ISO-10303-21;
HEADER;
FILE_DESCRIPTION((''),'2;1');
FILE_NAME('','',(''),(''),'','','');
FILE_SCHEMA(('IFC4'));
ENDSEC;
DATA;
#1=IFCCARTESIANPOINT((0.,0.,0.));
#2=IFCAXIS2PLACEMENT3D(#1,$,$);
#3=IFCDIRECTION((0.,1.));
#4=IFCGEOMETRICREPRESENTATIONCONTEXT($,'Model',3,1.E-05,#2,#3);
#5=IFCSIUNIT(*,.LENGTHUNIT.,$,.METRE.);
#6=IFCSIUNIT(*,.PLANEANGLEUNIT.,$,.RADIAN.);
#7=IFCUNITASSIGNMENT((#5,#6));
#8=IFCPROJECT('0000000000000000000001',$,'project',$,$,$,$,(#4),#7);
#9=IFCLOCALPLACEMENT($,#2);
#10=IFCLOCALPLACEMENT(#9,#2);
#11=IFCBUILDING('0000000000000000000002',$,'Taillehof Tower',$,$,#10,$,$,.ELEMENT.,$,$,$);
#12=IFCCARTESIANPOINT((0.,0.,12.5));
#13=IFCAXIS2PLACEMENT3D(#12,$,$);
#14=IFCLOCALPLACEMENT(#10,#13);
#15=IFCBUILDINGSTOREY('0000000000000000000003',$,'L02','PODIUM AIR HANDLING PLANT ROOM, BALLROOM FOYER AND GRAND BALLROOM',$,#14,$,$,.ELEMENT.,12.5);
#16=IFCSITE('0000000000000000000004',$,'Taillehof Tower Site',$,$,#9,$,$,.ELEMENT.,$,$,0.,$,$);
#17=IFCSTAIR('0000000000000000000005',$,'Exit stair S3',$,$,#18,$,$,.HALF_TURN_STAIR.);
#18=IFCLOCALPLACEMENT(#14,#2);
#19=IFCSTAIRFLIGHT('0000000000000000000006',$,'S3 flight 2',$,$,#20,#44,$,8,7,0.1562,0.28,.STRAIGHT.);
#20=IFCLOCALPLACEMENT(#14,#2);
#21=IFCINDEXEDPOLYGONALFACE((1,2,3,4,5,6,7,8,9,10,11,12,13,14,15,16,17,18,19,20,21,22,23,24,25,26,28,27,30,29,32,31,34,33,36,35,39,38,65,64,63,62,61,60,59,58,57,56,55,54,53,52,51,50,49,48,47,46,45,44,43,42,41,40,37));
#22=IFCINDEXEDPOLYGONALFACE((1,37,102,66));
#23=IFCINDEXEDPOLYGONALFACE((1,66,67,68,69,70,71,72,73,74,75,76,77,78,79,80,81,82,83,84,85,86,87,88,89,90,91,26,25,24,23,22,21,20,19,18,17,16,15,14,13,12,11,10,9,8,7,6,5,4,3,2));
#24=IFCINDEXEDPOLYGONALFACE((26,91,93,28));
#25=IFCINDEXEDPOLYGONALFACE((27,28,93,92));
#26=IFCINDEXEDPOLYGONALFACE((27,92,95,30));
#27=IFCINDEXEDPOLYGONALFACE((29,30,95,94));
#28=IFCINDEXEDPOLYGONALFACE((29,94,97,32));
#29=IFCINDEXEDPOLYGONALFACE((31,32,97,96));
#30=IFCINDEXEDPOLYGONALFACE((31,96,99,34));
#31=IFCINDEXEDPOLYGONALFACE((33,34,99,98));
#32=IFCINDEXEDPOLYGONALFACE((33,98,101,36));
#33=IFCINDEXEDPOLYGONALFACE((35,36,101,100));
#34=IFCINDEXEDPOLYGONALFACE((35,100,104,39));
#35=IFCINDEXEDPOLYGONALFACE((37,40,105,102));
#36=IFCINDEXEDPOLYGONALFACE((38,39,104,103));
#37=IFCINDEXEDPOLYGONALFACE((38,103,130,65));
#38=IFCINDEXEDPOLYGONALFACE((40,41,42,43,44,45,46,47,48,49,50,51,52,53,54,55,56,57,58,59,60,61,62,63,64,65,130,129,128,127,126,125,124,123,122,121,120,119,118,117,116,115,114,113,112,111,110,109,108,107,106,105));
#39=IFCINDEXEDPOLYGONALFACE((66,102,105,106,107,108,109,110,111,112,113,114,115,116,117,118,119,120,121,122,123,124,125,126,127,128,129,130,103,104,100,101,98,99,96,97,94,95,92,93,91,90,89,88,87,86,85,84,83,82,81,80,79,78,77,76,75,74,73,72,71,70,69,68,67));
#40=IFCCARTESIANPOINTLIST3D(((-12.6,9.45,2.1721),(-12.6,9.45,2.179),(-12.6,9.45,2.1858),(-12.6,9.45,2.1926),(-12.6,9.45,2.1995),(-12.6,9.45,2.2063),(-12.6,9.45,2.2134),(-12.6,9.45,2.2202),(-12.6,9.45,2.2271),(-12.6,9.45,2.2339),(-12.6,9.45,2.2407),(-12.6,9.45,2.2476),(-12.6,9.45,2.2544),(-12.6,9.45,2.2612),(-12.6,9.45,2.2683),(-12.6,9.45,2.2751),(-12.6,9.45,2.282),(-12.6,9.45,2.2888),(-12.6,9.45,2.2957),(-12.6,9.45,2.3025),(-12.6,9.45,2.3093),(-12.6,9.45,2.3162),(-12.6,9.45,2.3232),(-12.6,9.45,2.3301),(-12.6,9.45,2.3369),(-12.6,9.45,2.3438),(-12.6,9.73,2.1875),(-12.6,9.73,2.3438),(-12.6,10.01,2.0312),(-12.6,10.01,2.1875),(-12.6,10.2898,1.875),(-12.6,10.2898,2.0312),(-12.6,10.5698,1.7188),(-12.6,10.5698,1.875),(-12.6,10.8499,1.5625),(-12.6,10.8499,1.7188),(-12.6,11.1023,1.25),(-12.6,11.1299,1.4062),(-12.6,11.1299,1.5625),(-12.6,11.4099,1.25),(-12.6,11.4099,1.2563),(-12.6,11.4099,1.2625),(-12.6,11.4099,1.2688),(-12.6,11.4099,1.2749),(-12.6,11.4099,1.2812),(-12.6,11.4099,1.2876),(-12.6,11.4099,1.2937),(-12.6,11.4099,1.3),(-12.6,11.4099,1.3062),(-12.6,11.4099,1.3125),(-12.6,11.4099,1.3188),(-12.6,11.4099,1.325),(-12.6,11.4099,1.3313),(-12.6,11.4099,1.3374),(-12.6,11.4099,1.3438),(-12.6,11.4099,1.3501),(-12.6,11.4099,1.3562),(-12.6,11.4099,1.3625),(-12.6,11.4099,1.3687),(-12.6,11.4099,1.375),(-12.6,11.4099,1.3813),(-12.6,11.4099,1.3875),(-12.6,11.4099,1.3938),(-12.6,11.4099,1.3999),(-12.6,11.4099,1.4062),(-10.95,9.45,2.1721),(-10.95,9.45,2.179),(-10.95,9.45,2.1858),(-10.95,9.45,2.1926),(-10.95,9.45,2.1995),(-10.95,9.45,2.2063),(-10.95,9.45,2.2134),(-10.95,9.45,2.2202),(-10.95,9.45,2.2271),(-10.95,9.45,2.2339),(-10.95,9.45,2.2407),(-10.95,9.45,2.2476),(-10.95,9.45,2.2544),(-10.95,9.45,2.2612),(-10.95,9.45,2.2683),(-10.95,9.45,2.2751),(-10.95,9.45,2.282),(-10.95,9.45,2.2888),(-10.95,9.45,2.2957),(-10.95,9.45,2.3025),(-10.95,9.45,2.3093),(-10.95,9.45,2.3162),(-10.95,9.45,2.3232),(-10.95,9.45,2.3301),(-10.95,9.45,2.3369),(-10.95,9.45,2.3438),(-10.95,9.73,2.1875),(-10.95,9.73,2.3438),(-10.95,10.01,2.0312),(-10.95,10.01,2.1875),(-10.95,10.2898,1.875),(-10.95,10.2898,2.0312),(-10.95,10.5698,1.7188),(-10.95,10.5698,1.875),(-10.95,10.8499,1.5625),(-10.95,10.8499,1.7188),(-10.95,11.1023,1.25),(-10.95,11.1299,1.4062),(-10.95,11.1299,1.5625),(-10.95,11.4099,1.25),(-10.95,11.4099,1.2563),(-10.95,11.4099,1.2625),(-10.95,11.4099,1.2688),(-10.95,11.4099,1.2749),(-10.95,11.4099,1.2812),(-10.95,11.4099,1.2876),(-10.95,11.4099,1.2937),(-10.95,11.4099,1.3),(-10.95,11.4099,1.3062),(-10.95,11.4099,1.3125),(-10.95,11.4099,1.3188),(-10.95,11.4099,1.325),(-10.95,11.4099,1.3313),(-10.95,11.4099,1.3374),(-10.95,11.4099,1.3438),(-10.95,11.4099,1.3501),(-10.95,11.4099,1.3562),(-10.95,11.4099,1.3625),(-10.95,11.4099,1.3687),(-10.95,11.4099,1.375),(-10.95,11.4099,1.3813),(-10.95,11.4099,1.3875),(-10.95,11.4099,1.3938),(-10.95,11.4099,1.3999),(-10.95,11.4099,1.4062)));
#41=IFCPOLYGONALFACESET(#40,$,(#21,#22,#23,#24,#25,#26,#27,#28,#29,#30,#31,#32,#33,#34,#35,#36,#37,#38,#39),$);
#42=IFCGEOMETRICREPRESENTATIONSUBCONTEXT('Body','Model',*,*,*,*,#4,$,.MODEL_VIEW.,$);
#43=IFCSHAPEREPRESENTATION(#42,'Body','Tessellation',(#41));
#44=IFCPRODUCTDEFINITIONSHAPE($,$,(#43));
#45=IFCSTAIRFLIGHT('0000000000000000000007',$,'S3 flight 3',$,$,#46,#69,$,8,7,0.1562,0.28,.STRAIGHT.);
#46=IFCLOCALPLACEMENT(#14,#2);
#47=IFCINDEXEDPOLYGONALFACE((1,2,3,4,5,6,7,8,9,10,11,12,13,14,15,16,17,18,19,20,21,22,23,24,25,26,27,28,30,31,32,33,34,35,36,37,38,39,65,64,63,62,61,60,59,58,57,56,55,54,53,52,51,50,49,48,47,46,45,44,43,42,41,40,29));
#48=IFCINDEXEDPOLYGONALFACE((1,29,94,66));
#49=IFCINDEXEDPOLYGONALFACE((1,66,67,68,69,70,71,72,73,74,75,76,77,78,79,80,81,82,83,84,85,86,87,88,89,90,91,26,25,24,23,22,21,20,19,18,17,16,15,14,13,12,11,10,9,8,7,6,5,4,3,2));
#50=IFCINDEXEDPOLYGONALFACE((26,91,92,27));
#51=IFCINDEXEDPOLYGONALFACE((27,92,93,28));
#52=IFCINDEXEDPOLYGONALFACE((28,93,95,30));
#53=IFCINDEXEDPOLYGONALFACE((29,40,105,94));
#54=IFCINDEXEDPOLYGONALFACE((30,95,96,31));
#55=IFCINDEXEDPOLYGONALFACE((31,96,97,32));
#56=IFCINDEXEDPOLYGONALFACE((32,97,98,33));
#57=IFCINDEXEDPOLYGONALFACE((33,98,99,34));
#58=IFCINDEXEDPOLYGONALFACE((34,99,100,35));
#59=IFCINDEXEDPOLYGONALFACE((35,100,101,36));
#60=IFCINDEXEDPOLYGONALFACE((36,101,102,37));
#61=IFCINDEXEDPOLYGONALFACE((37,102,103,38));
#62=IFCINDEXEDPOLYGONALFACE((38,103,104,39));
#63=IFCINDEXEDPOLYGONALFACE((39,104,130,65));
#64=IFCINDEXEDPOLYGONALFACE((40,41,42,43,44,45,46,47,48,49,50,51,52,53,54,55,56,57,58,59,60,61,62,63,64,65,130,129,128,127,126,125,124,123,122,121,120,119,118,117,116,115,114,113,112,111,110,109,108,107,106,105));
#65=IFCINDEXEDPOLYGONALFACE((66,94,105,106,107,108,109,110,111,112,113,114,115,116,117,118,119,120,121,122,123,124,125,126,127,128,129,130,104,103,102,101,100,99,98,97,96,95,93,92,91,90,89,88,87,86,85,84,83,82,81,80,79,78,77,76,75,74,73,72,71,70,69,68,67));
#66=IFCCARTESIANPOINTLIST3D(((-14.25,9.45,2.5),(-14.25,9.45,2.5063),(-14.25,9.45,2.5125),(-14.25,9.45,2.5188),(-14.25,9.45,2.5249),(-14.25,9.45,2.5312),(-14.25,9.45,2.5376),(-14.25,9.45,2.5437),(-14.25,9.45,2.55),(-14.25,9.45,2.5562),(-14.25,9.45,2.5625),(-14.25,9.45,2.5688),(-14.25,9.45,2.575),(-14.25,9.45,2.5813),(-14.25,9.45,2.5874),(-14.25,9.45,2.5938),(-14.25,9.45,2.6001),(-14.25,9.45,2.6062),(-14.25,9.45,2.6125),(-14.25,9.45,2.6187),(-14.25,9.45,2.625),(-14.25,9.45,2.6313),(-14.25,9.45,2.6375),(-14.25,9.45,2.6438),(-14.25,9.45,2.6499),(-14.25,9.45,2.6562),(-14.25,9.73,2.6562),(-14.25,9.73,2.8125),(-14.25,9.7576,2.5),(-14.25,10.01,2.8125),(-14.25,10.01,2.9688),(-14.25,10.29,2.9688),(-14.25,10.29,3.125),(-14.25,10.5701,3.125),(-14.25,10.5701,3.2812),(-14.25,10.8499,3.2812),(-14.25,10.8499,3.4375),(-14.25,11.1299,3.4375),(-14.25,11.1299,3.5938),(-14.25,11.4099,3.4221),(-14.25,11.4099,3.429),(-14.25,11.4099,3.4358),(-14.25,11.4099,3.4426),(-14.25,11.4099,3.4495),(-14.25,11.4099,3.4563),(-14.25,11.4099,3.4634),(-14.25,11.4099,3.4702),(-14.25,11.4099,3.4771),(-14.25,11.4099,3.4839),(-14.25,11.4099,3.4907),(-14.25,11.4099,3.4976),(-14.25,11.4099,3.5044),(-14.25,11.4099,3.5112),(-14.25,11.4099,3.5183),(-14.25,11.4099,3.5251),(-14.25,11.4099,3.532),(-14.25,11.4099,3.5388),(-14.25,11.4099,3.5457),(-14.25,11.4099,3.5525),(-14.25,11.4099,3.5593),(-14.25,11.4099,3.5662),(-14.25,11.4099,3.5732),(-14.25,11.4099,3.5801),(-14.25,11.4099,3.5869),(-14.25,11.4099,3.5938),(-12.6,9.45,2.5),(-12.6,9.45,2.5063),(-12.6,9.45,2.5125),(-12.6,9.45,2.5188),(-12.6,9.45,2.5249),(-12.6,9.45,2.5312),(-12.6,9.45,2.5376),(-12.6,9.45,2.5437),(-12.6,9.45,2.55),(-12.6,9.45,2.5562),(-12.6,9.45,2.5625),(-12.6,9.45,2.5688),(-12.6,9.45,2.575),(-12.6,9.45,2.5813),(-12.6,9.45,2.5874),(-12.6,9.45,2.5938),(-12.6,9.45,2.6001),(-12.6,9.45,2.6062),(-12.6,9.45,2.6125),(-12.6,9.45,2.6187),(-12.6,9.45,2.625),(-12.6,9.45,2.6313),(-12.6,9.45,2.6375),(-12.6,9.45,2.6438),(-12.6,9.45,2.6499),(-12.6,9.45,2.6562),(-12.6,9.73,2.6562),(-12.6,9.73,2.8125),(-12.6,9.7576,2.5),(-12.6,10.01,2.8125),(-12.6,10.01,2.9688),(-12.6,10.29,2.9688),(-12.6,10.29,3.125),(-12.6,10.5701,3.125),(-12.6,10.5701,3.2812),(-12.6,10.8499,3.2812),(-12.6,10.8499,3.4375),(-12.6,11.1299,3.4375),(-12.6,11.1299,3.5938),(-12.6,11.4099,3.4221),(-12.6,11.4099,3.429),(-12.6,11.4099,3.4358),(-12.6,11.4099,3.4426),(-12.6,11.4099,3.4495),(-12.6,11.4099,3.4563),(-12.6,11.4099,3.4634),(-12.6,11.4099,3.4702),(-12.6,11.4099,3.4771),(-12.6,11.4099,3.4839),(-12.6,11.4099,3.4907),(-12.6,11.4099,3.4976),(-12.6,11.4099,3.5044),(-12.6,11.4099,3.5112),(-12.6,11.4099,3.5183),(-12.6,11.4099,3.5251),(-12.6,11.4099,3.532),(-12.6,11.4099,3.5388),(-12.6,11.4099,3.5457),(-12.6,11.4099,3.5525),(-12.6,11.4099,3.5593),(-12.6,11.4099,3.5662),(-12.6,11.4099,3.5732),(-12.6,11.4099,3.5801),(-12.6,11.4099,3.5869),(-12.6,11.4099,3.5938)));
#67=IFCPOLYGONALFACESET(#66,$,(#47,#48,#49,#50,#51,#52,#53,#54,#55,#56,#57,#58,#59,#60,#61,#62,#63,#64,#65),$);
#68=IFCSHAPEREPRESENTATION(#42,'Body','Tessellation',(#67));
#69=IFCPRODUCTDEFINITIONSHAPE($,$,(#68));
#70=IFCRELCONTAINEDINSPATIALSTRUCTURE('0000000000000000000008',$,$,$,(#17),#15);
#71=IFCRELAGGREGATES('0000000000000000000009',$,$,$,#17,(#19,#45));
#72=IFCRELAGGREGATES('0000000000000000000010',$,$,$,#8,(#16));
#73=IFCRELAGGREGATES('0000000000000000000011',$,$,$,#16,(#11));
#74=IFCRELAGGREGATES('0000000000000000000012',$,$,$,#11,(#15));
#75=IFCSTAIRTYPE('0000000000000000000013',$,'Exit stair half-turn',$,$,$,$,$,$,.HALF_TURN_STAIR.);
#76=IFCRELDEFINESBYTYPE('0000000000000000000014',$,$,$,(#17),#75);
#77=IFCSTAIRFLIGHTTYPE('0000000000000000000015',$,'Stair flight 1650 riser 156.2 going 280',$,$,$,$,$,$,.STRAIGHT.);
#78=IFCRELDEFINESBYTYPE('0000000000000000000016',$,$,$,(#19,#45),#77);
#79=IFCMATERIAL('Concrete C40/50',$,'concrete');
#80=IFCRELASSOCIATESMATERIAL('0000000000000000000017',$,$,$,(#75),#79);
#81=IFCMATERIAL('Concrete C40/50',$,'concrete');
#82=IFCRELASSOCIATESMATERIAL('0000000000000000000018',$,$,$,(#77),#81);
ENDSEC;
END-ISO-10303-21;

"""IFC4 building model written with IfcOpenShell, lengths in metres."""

from ifc_helpers import new_model, si_unit, direction, frame, origin, place, context, subcontext, project, spatial, polyline, outline, extrude, material, type_object, element, aggregate, save


model = new_model("IFC4")

# Units and contexts
model_context = context("Model", 3, precision=1e-05, world=origin(), true_north=direction((0.0, 1.0)))
body_context = subcontext(model_context, "Body", "Model", "MODEL_VIEW")
ifc_project = project(units=[si_unit("LENGTHUNIT", "METRE"), si_unit("PLANEANGLEUNIT", "RADIAN")], contexts=[model_context])

# Site, building, storey
site_placement = place(None, origin())
site = spatial("IfcSite", under=ifc_project, at=site_placement, Name="Taillehof Tower Site", CompositionType="ELEMENT", RefElevation=0.0)
building_placement = place(site_placement, origin())
building = spatial("IfcBuilding", under=site, at=building_placement, Name="Taillehof Tower", CompositionType="ELEMENT")
storey_placement = place(building_placement, frame((0.0, 0.0, 12.5)))
storey = spatial("IfcBuildingStorey", under=building, at=storey_placement, Name="L02", Description="PODIUM AIR HANDLING PLANT ROOM, BALLROOM FOYER AND GRAND BALLROOM", CompositionType="ELEMENT", Elevation=12.5)

# Stair, stair flights
ifc_material_1 = material(Name="Concrete C40/50", Category="concrete")
stair_type_1 = type_object("IfcStairType", Name="Exit stair half-turn", PredefinedType="HALF_TURN_STAIR", material=ifc_material_1)
stair_1_placement = place(storey_placement, origin())
stair_1 = element("IfcStair", 1, at=stair_1_placement, inside=storey, type_object=stair_type_1, Name="Exit stair S3", PredefinedType="HALF_TURN_STAIR")
ifc_material_2 = material(Name="Concrete C40/50", Category="concrete")
stair_flight_type_1 = type_object("IfcStairFlightType", Name="Stair flight 1650 riser 156.2 going 280", PredefinedType="STRAIGHT", material=ifc_material_2)
stair_flight_1_placement = place(storey_placement, frame((-11.7749, 11.4099, 1.25), z_axis=(0.0, 0.0, 1.0), x_axis=(0.0, -1.0, 0.0)))
stair_flight_1 = element("IfcStairFlight", 2, at=stair_flight_1_placement, type_object=stair_flight_type_1, Name="S3 flight 2", NumberOfRisers=8, NumberOfTreads=7, PredefinedType="STRAIGHT", RiserHeight=0.1562, TreadLength=0.28, context=body_context, shape_type="SweptSolid", body=[
    extrude(outline(polyline([(0.0, 0.0), (0.0, 0.0063), (0.0, 0.0125), (0.0, 0.0188), (0.0, 0.0249), (0.0, 0.0312), (0.0, 0.0376), (0.0, 0.0437), (0.0, 0.05), (0.0, 0.0562), (0.0, 0.0625), (0.0, 0.0688), (0.0, 0.075), (0.0, 0.0813), (0.0, 0.0874), (0.0, 0.0938), (0.0, 0.1001), (0.0, 0.1062), (0.0, 0.1125), (0.0, 0.1187), (0.0, 0.125), (0.0, 0.1313), (0.0, 0.1375), (0.0, 0.1438), (0.0, 0.1499), (0.0, 0.1562), (0.28, 0.1562), (0.28, 0.3125), (0.5601, 0.3125), (0.5601, 0.4688), (0.8401, 0.4688), (0.8401, 0.625), (1.1201, 0.625), (1.1201, 0.7812), (1.3999, 0.7812), (1.3999, 0.9375), (1.6799, 0.9375), (1.6799, 1.0938), (1.96, 1.0938), (1.96, 1.0869), (1.96, 1.0801), (1.96, 1.0732), (1.96, 1.0662), (1.96, 1.0593), (1.96, 1.0525), (1.96, 1.0457), (1.96, 1.0388), (1.96, 1.032), (1.96, 1.0251), (1.96, 1.0183), (1.96, 1.0112), (1.96, 1.0044), (1.96, 0.9976), (1.96, 0.9907), (1.96, 0.9839), (1.96, 0.9771), (1.96, 0.9702), (1.96, 0.9634), (1.96, 0.9563), (1.96, 0.9495), (1.96, 0.9426), (1.96, 0.9358), (1.96, 0.929), (1.96, 0.9221), (0.3076, 0.0), (0.0, 0.0)])), frame((0.0, 0.825, 0.0), z_axis=(0.0, -1.0, 0.0), x_axis=(1.0, 0.0, 0.0)), (0.0, 0.0, 1.0), 1.65),
])
stair_flight_2_placement = place(storey_placement, frame((-13.425, 9.45, 2.5), z_axis=(0.0, 0.0, 1.0), x_axis=(0.0, 1.0, 0.0)))
stair_flight_2 = element("IfcStairFlight", 3, at=stair_flight_2_placement, type_object=stair_flight_type_1, Name="S3 flight 3", NumberOfRisers=8, NumberOfTreads=7, PredefinedType="STRAIGHT", RiserHeight=0.1562, TreadLength=0.28, context=body_context, shape_type="SweptSolid", body=[
    extrude(outline(polyline([(0.0, 0.0), (0.0, 0.0063), (0.0, 0.0125), (0.0, 0.0188), (0.0, 0.0249), (0.0, 0.0312), (0.0, 0.0376), (0.0, 0.0437), (0.0, 0.05), (0.0, 0.0562), (0.0, 0.0625), (0.0, 0.0688), (0.0, 0.075), (0.0, 0.0813), (0.0, 0.0874), (0.0, 0.0938), (0.0, 0.1001), (0.0, 0.1062), (0.0, 0.1125), (0.0, 0.1187), (0.0, 0.125), (0.0, 0.1313), (0.0, 0.1375), (0.0, 0.1438), (0.0, 0.1499), (0.0, 0.1562), (0.28, 0.1562), (0.28, 0.3125), (0.5601, 0.3125), (0.5601, 0.4688), (0.8401, 0.4688), (0.8401, 0.625), (1.1201, 0.625), (1.1201, 0.7812), (1.3999, 0.7812), (1.3999, 0.9375), (1.6799, 0.9375), (1.6799, 1.0938), (1.96, 1.0938), (1.96, 1.0869), (1.96, 1.0801), (1.96, 1.0732), (1.96, 1.0662), (1.96, 1.0593), (1.96, 1.0525), (1.96, 1.0457), (1.96, 1.0388), (1.96, 1.032), (1.96, 1.0251), (1.96, 1.0183), (1.96, 1.0112), (1.96, 1.0044), (1.96, 0.9976), (1.96, 0.9907), (1.96, 0.9839), (1.96, 0.9771), (1.96, 0.9702), (1.96, 0.9634), (1.96, 0.9563), (1.96, 0.9495), (1.96, 0.9426), (1.96, 0.9358), (1.96, 0.929), (1.96, 0.9221), (0.3076, 0.0), (0.0, 0.0)])), frame((0.0, 0.825, 0.0), z_axis=(0.0, -1.0, 0.0), x_axis=(1.0, 0.0, 0.0)), (0.0, 0.0, 1.0), 1.65),
])
aggregate(stair_1, [stair_flight_1, stair_flight_2])

save(model, "model.ifc")
